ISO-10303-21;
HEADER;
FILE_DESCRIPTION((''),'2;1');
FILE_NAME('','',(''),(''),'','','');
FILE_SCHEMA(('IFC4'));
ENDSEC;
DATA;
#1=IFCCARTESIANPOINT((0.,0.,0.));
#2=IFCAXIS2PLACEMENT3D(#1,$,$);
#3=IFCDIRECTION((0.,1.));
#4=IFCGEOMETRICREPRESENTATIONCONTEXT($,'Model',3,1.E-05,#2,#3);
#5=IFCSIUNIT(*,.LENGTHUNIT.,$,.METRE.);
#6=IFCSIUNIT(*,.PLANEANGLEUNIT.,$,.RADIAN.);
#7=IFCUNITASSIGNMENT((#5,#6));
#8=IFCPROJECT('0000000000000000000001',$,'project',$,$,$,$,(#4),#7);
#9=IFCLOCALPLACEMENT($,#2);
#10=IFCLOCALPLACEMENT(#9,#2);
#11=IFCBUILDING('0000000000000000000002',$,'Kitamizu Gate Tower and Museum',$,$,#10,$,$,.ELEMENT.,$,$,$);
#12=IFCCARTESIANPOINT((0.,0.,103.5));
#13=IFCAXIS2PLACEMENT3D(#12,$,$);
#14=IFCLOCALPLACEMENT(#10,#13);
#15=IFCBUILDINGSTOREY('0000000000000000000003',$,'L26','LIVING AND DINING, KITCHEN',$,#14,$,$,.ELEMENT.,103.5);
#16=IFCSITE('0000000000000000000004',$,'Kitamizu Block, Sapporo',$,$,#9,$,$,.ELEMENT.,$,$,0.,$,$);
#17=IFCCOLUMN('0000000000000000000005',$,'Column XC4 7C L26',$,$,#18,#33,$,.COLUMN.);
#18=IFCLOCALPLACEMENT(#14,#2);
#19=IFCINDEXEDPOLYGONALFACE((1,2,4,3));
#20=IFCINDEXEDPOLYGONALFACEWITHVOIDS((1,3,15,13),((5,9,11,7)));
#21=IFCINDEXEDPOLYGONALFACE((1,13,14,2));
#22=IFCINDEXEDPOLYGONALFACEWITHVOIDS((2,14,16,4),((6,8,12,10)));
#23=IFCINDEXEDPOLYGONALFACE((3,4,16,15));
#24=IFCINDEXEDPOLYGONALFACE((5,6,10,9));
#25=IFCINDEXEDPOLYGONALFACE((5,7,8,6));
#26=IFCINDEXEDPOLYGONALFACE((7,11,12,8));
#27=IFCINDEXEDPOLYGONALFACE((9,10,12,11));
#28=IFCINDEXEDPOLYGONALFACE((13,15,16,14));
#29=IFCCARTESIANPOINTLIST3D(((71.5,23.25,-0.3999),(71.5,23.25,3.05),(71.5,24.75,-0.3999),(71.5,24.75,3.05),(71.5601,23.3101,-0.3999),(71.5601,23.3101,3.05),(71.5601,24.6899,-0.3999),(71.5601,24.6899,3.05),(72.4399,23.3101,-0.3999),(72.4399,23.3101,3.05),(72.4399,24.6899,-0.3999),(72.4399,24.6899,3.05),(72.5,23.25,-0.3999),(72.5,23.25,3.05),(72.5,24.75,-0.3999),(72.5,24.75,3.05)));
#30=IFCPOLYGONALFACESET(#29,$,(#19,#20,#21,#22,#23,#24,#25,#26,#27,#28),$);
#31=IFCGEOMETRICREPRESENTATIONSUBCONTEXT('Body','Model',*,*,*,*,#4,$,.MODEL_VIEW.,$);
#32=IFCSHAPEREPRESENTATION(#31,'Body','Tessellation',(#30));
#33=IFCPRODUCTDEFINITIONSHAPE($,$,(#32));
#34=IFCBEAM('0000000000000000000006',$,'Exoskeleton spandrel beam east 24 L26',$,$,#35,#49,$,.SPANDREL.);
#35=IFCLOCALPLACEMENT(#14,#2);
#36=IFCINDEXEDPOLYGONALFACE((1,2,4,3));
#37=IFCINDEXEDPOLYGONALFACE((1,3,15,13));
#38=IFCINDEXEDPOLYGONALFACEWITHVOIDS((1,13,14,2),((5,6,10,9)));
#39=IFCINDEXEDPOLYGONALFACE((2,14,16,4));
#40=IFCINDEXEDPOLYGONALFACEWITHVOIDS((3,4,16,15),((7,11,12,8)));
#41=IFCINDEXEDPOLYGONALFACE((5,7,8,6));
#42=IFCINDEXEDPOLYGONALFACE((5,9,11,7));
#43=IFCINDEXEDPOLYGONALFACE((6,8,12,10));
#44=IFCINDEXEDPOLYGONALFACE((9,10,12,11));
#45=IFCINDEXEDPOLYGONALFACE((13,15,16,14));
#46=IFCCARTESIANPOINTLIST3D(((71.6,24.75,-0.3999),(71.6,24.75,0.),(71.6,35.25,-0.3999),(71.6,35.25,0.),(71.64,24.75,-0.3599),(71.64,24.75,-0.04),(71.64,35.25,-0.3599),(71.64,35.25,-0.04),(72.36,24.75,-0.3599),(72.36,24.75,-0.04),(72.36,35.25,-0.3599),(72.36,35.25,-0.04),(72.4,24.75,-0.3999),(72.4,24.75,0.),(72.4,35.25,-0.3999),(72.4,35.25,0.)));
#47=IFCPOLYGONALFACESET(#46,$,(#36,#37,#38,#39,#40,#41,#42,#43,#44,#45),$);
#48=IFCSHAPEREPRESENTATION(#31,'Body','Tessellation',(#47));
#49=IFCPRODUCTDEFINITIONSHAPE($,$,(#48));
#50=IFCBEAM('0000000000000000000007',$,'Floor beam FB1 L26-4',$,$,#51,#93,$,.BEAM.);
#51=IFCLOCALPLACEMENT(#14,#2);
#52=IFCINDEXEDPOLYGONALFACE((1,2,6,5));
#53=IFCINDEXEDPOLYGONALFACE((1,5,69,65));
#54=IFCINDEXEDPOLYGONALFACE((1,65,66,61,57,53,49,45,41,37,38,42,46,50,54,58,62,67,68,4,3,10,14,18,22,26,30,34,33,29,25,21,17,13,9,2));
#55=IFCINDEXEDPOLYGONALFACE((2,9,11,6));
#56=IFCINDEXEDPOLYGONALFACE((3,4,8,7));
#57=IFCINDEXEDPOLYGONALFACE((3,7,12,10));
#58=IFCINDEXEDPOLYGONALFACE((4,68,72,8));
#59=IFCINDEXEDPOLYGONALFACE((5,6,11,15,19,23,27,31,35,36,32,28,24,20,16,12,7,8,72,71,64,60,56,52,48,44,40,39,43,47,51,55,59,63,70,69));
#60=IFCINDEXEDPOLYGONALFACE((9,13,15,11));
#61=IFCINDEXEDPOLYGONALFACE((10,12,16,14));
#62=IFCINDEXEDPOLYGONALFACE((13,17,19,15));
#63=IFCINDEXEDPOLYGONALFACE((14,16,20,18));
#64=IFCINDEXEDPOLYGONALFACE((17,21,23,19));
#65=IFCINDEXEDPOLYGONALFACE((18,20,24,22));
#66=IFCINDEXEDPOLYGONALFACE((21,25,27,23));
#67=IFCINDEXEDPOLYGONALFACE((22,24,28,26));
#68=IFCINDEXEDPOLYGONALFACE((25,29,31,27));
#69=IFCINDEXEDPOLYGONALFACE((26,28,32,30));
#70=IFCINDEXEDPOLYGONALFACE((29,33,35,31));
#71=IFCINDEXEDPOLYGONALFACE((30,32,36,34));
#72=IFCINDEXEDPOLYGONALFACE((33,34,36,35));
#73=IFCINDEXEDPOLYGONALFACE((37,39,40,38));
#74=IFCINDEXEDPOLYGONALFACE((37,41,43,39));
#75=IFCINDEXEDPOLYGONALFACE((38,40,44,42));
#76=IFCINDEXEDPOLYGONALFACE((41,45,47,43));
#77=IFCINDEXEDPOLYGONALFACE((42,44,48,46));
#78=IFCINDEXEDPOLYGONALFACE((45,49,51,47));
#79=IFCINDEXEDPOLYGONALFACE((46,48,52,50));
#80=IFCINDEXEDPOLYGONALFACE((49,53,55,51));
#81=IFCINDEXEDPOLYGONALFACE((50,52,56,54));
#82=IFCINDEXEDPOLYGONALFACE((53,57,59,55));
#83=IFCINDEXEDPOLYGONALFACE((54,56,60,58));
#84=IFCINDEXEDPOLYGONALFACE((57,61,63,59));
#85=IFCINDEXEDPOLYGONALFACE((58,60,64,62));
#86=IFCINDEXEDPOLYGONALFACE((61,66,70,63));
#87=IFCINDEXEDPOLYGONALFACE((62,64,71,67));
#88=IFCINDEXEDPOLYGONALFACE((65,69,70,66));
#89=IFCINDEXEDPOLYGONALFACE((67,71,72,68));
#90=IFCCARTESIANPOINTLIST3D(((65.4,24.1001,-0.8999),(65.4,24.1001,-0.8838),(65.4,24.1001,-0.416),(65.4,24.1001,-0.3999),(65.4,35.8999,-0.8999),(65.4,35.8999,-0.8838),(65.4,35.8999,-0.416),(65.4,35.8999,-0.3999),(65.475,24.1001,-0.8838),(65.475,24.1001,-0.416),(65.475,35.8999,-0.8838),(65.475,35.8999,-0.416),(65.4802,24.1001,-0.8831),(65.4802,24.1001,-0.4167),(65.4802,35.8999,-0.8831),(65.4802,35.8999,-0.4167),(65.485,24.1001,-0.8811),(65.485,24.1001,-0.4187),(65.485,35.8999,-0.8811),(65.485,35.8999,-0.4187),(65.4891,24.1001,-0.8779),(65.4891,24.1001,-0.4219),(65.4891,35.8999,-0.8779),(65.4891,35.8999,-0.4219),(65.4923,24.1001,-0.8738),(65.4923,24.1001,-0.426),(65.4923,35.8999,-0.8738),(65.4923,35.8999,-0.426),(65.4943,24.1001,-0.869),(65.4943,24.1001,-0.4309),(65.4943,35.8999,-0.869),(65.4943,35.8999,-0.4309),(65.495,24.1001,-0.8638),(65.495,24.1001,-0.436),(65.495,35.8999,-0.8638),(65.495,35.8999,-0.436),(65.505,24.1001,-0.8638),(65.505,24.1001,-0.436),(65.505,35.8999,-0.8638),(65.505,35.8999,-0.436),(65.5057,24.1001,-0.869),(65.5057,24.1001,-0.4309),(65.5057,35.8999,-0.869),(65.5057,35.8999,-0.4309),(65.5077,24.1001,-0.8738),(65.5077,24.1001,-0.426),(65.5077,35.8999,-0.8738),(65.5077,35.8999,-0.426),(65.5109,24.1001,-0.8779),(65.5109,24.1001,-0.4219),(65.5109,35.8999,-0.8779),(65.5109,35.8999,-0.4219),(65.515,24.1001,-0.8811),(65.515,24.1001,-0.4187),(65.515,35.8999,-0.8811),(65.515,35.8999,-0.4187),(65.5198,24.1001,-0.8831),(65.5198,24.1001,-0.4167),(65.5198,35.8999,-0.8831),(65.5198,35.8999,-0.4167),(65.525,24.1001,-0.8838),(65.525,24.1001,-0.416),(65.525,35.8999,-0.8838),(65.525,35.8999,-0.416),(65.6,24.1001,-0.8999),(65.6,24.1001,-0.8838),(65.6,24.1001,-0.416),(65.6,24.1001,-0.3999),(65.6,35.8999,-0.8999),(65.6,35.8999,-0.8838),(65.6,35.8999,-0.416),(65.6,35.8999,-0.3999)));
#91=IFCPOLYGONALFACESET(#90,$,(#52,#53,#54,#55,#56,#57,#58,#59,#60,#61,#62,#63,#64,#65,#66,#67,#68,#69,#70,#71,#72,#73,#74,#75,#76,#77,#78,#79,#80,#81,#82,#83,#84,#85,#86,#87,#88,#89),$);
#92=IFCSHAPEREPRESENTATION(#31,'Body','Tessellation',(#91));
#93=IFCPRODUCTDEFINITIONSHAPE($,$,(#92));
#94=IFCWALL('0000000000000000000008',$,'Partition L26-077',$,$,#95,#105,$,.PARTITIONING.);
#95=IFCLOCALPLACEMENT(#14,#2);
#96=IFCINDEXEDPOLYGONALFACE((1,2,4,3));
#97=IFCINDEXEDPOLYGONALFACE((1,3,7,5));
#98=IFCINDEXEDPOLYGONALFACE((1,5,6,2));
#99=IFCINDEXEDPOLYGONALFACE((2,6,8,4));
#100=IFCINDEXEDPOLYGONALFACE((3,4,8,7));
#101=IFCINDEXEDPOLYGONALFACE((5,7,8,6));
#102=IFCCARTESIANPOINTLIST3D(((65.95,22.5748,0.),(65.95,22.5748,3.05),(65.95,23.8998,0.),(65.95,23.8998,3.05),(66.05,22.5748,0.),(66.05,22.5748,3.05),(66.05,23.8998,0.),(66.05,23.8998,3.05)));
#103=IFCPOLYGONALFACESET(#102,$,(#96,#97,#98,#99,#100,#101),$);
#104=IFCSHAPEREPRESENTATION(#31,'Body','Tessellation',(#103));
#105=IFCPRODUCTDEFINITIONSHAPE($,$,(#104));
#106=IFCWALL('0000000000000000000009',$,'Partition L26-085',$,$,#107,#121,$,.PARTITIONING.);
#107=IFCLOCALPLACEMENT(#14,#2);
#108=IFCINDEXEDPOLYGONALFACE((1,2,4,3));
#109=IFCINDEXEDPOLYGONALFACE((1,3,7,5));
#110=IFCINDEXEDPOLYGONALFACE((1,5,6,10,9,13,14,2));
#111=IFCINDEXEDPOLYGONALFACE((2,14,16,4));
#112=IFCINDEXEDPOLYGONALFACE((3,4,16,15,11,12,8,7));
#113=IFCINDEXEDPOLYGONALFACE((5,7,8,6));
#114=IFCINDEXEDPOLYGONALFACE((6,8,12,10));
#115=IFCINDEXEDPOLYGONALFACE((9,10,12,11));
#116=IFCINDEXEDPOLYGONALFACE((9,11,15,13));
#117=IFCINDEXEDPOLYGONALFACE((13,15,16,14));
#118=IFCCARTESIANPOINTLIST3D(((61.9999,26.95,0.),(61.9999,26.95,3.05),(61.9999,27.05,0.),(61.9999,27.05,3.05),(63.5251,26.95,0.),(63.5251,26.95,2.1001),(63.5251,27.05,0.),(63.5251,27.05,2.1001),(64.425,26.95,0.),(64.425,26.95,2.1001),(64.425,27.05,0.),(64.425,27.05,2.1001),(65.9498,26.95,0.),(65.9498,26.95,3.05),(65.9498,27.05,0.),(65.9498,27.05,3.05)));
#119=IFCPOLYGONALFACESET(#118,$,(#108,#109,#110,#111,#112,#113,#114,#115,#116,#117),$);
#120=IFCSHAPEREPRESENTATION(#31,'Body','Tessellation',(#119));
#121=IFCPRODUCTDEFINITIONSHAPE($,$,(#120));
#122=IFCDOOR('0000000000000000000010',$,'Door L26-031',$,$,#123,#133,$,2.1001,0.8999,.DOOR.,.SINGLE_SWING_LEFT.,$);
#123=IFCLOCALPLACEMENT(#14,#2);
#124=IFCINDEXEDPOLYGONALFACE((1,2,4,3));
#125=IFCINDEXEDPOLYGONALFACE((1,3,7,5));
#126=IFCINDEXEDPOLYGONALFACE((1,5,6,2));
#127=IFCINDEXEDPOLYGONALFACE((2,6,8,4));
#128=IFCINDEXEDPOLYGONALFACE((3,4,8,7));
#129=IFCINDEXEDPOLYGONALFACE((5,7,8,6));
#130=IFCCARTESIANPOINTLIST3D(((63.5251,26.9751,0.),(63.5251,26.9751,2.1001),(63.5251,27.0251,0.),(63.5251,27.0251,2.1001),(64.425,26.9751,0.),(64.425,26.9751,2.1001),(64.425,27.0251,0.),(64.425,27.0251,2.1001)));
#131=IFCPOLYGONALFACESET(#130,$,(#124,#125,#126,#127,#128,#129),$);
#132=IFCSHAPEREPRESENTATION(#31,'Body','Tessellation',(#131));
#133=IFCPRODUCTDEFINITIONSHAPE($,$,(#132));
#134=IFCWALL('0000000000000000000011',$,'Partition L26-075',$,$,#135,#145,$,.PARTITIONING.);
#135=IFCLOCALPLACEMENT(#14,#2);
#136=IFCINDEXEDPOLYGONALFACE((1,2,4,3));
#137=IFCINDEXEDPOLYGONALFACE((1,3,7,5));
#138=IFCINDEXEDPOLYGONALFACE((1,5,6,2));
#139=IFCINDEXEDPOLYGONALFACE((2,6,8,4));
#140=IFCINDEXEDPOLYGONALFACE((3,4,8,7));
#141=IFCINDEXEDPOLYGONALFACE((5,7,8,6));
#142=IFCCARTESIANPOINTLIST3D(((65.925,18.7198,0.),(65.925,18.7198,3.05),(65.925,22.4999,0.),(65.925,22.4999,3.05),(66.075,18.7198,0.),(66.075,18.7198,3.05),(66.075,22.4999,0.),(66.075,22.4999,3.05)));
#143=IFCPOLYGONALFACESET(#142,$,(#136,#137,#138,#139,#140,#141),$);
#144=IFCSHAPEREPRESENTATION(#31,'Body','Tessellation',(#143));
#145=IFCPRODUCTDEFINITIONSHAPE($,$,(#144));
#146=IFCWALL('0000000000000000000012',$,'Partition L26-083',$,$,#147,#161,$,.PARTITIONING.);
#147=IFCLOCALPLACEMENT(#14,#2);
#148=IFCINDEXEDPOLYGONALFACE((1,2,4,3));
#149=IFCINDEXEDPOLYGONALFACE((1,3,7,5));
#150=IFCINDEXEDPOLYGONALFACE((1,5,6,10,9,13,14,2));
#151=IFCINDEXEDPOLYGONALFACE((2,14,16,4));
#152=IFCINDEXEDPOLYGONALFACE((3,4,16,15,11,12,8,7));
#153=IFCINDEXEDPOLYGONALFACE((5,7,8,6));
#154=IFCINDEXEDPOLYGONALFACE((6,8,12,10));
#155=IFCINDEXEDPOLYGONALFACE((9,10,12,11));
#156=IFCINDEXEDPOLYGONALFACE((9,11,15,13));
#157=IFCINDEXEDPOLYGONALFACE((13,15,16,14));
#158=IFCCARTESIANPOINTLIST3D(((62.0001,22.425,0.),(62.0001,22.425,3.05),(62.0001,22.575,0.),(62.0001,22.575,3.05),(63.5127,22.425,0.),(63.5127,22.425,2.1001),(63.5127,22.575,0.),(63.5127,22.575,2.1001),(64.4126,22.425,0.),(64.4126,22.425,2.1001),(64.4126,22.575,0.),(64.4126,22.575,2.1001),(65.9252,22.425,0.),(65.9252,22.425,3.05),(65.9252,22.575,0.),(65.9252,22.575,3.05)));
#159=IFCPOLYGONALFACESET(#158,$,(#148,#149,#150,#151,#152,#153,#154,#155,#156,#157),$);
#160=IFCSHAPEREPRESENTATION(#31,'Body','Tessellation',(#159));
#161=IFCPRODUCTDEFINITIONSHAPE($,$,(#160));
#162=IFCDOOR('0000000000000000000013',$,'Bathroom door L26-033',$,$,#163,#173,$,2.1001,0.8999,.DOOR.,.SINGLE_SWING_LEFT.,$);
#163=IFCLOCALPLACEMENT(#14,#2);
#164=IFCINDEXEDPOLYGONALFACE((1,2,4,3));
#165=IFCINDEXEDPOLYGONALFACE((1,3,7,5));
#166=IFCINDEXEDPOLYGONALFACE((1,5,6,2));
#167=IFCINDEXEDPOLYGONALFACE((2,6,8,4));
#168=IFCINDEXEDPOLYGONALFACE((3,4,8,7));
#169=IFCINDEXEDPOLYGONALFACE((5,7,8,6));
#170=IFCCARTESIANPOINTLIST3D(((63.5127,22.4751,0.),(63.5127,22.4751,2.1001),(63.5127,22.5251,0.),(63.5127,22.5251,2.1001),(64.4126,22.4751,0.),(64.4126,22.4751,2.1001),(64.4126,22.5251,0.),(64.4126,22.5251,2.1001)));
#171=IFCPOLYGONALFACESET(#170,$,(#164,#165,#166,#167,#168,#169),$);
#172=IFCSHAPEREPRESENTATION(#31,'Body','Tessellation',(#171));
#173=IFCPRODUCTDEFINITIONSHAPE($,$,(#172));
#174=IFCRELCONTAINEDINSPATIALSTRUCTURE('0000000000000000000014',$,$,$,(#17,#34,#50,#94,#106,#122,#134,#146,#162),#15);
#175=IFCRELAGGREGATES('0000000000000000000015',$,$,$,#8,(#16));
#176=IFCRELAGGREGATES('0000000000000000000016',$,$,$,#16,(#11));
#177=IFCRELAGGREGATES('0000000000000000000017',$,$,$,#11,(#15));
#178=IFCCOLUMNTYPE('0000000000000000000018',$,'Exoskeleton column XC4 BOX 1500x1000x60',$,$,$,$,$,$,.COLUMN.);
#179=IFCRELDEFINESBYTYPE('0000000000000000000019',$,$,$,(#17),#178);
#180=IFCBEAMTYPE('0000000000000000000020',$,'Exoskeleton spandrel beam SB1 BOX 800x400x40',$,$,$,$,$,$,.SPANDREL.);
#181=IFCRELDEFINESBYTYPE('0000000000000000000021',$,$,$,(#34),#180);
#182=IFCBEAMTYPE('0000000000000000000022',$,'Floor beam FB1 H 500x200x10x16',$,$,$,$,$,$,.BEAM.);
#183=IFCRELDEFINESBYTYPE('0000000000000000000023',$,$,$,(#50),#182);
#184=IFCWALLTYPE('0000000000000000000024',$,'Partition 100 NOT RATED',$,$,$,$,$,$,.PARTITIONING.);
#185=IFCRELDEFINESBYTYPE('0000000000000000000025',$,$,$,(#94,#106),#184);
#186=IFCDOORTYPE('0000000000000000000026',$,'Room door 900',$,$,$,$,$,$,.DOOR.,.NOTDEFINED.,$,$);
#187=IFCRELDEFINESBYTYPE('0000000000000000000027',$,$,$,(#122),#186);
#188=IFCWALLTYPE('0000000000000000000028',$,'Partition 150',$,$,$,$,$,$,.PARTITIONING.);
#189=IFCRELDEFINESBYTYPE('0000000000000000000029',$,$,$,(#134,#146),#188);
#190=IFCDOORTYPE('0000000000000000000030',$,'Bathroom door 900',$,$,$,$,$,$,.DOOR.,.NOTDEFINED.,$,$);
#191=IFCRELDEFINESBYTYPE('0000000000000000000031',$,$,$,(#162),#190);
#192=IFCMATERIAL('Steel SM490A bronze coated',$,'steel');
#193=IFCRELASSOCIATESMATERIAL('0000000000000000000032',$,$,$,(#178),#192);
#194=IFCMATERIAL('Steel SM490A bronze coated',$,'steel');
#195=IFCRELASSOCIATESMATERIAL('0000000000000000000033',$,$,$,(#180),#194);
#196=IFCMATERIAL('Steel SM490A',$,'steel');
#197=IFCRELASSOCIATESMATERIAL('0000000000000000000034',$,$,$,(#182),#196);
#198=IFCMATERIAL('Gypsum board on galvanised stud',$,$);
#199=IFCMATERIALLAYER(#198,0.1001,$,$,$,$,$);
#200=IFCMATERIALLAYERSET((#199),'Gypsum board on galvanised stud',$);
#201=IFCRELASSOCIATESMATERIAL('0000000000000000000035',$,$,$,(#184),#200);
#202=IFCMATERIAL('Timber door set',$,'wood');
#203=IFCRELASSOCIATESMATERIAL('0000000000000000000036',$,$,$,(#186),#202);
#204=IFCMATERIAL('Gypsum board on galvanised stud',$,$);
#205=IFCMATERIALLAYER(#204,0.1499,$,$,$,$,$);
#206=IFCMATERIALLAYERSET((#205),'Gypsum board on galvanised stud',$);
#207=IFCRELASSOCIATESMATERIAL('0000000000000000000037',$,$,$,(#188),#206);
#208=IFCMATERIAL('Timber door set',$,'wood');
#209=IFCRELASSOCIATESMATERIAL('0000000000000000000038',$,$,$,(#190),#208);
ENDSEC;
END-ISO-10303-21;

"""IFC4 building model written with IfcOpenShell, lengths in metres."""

from ifc_helpers import new_model, si_unit, direction, frame, frame_2d, origin, origin_2d, place, context, subcontext, project, spatial, rectangle, hollow_rectangle, i_section, extrude, material, layer, layer_set, material_profile, profile_set, type_object, element, fill, save


model = new_model("IFC4")

# Units and contexts
model_context = context("Model", 3, precision=1e-05, world=origin(), true_north=direction((0.0, 1.0)))
body_context = subcontext(model_context, "Body", "Model", "MODEL_VIEW")
ifc_project = project(units=[si_unit("LENGTHUNIT", "METRE"), si_unit("PLANEANGLEUNIT", "RADIAN")], contexts=[model_context])

# Site, building, storey
site_placement = place(None, origin())
site = spatial("IfcSite", under=ifc_project, at=site_placement, Name="Kitamizu Block, Sapporo", CompositionType="ELEMENT", RefElevation=0.0)
building_placement = place(site_placement, origin())
building = spatial("IfcBuilding", under=site, at=building_placement, Name="Kitamizu Gate Tower and Museum", CompositionType="ELEMENT")
storey_placement = place(building_placement, frame((0.0, 0.0, 103.5)))
storey = spatial("IfcBuildingStorey", under=building, at=storey_placement, Name="L26", Description="LIVING AND DINING, KITCHEN", CompositionType="ELEMENT", Elevation=103.5)

# Column
ifc_material_1 = material(Name="Steel SM490A bronze coated", Category="steel")
ifc_material_profile_1 = material_profile(ifc_material_1, hollow_rectangle(XDim=1.5, YDim=1.0, WallThickness=0.0601, at=origin_2d()), Name="BOX 1500x1000x60")
ifc_profile_set_1 = profile_set([ifc_material_profile_1], Name="Steel SM490A bronze coated")
column_type = type_object("IfcColumnType", Name="Exoskeleton column XC4 BOX 1500x1000x60", PredefinedType="COLUMN", material=ifc_profile_set_1)
column_placement = place(storey_placement, frame((72.0, 24.0, -0.3999), z_axis=(0.0, 0.0, 1.0), x_axis=(0.0, 1.0, 0.0)))
element("IfcColumn", 1, at=column_placement, inside=storey, type_object=column_type, Name="Column XC4 7C L26", PredefinedType="COLUMN", context=body_context, shape_type="SweptSolid", body=[
    extrude(hollow_rectangle(XDim=1.5, YDim=1.0, WallThickness=0.0601, at=origin_2d()), origin(), (0.0, 0.0, 1.0), 3.45),
])

# Beams
ifc_material_2 = material(Name="Steel SM490A bronze coated", Category="steel")
ifc_material_profile_2 = material_profile(ifc_material_2, hollow_rectangle(XDim=0.8, YDim=0.3999, WallThickness=0.04, at=origin_2d()), Name="BOX 800x400x40")
ifc_profile_set_2 = profile_set([ifc_material_profile_2], Name="Steel SM490A bronze coated")
beam_type_1 = type_object("IfcBeamType", Name="Exoskeleton spandrel beam SB1 BOX 800x400x40", PredefinedType="SPANDREL", material=ifc_profile_set_2)
beam_1_placement = place(storey_placement, frame((72.0, 24.75, -0.2), z_axis=(0.0, 1.0, 0.0), x_axis=(-1.0, 0.0, 0.0)))
element("IfcBeam", 2, at=beam_1_placement, inside=storey, type_object=beam_type_1, Name="Exoskeleton spandrel beam east 24 L26", PredefinedType="SPANDREL", context=body_context, shape_type="SweptSolid", body=[
    extrude(hollow_rectangle(XDim=0.8, YDim=0.3999, WallThickness=0.04, at=origin_2d()), origin(), (0.0, 0.0, 1.0), 10.5),
])
ifc_material_3 = material(Name="Steel SM490A", Category="steel")
ifc_material_profile_3 = material_profile(ifc_material_3, i_section(OverallWidth=0.2, OverallDepth=0.5, WebThickness=0.01, FlangeThickness=0.0161, FilletRadius=0.02, at=origin_2d()), Name="H-500x200x10x16")
ifc_profile_set_3 = profile_set([ifc_material_profile_3], Name="Steel SM490A")
beam_type_2 = type_object("IfcBeamType", Name="Floor beam FB1 H 500x200x10x16", PredefinedType="BEAM", material=ifc_profile_set_3)
beam_2_placement = place(storey_placement, frame((65.5, 24.1001, -0.6499), z_axis=(0.0, 1.0, 0.0), x_axis=(-1.0, 0.0, 0.0)))
element("IfcBeam", 3, at=beam_2_placement, inside=storey, type_object=beam_type_2, Name="Floor beam FB1 L26-4", PredefinedType="BEAM", context=body_context, shape_type="SweptSolid", body=[
    extrude(i_section(OverallWidth=0.2, OverallDepth=0.5, WebThickness=0.01, FlangeThickness=0.0161, FilletRadius=0.02, at=origin_2d()), origin(), (0.0, 0.0, 1.0), 11.7998),
])

# Wall
ifc_material_4 = material(Name="Gypsum board on galvanised stud")
ifc_layer_1 = layer(ifc_material_4, 0.1001)
ifc_layer_set_1 = layer_set([ifc_layer_1], Name="Gypsum board on galvanised stud")
wall_type_1 = type_object("IfcWallType", Name="Partition 100 NOT RATED", PredefinedType="PARTITIONING", material=ifc_layer_set_1)
wall_1_placement = place(storey_placement, frame((66.0, 23.8999, 0.0), z_axis=(0.0, 0.0, 1.0), x_axis=(0.0, -1.0, 0.0)))
element("IfcWall", 4, at=wall_1_placement, inside=storey, type_object=wall_type_1, Name="Partition L26-077", PredefinedType="PARTITIONING", context=body_context, shape_type="SweptSolid", body=[
    extrude(rectangle(XDim=1.325, YDim=0.1001, at=frame_2d((0.6626, 0.0))), origin(), (0.0, 0.0, 1.0), 3.05),
])

# Wall, opening, door
wall_2_placement = place(storey_placement, frame((65.95, 27.0, 0.0), z_axis=(0.0, 0.0, 1.0), x_axis=(-1.0, 0.0, 0.0)))
wall_2 = element("IfcWall", 5, at=wall_2_placement, inside=storey, type_object=wall_type_1, Name="Partition L26-085", PredefinedType="PARTITIONING", context=body_context, shape_type="SweptSolid", body=[
    extrude(rectangle(XDim=3.95, YDim=0.1001, at=frame_2d((1.9751, 0.0))), origin(), (0.0, 0.0, 1.0), 3.05),
])
opening_1_placement = place(wall_2_placement, frame((1.5249, 0.0, 0.0)))
opening_1 = element("IfcOpeningElement", 6, at=opening_1_placement, cuts=wall_2, PredefinedType="OPENING", context=body_context, shape_type="SweptSolid", body=[
    extrude(rectangle(XDim=0.8999, YDim=2.1001, at=frame_2d((0.45, 1.05))), frame((0.0, 0.0601, 0.0), z_axis=(0.0, -1.0, 0.0), x_axis=(1.0, 0.0, 0.0)), (0.0, 0.0, 1.0), 0.1201),
])
ifc_material_5 = material(Name="Timber door set", Category="wood")
door_type_1 = type_object("IfcDoorType", Name="Room door 900", OperationType="NOTDEFINED", PredefinedType="DOOR", material=ifc_material_5)
door_1_placement = place(opening_1_placement, origin())
door_1 = element("IfcDoor", 7, at=door_1_placement, inside=storey, type_object=door_type_1, Name="Door L26-031", OperationType="SINGLE_SWING_LEFT", OverallHeight=2.1001, OverallWidth=0.8999, PredefinedType="DOOR", context=body_context, shape_type="SweptSolid", body=[
    extrude(rectangle(XDim=0.8999, YDim=2.1001, at=frame_2d((0.45, 1.05))), frame((0.0, 0.0249, 0.0), z_axis=(0.0, -1.0, 0.0), x_axis=(1.0, 0.0, 0.0)), (0.0, 0.0, 1.0), 0.05),
])
fill(opening_1, door_1)

# Wall
ifc_material_6 = material(Name="Gypsum board on galvanised stud")
ifc_layer_2 = layer(ifc_material_6, 0.1499)
ifc_layer_set_2 = layer_set([ifc_layer_2], Name="Gypsum board on galvanised stud")
wall_type_2 = type_object("IfcWallType", Name="Partition 150", PredefinedType="PARTITIONING", material=ifc_layer_set_2)
wall_3_placement = place(storey_placement, frame((66.0, 22.5, 0.0), z_axis=(0.0, 0.0, 1.0), x_axis=(0.0, -1.0, 0.0)))
element("IfcWall", 8, at=wall_3_placement, inside=storey, type_object=wall_type_2, Name="Partition L26-075", PredefinedType="PARTITIONING", context=body_context, shape_type="SweptSolid", body=[
    extrude(rectangle(XDim=3.78, YDim=0.1499, at=frame_2d((1.8901, 0.0))), origin(), (0.0, 0.0, 1.0), 3.05),
])

# Wall, opening, door
wall_4_placement = place(storey_placement, frame((65.925, 22.5, 0.0), z_axis=(0.0, 0.0, 1.0), x_axis=(-1.0, 0.0, 0.0)))
wall_4 = element("IfcWall", 9, at=wall_4_placement, inside=storey, type_object=wall_type_2, Name="Partition L26-083", PredefinedType="PARTITIONING", context=body_context, shape_type="SweptSolid", body=[
    extrude(rectangle(XDim=3.925, YDim=0.1499, at=frame_2d((1.9624, 0.0))), origin(), (0.0, 0.0, 1.0), 3.05),
])
opening_2_placement = place(wall_4_placement, frame((1.5125, 0.0, 0.0)))
opening_2 = element("IfcOpeningElement", 10, at=opening_2_placement, cuts=wall_4, PredefinedType="OPENING", context=body_context, shape_type="SweptSolid", body=[
    extrude(rectangle(XDim=0.8999, YDim=2.1001, at=frame_2d((0.45, 1.05))), frame((0.0, 0.085, 0.0), z_axis=(0.0, -1.0, 0.0), x_axis=(1.0, 0.0, 0.0)), (0.0, 0.0, 1.0), 0.1699),
])
ifc_material_7 = material(Name="Timber door set", Category="wood")
door_type_2 = type_object("IfcDoorType", Name="Bathroom door 900", OperationType="NOTDEFINED", PredefinedType="DOOR", material=ifc_material_7)
door_2_placement = place(opening_2_placement, origin())
door_2 = element("IfcDoor", 11, at=door_2_placement, inside=storey, type_object=door_type_2, Name="Bathroom door L26-033", OperationType="SINGLE_SWING_LEFT", OverallHeight=2.1001, OverallWidth=0.8999, PredefinedType="DOOR", context=body_context, shape_type="SweptSolid", body=[
    extrude(rectangle(XDim=0.8999, YDim=2.1001, at=frame_2d((0.45, 1.05))), frame((0.0, 0.0249, 0.0), z_axis=(0.0, -1.0, 0.0), x_axis=(1.0, 0.0, 0.0)), (0.0, 0.0, 1.0), 0.05),
])
fill(opening_2, door_2)

save(model, "model.ifc")
